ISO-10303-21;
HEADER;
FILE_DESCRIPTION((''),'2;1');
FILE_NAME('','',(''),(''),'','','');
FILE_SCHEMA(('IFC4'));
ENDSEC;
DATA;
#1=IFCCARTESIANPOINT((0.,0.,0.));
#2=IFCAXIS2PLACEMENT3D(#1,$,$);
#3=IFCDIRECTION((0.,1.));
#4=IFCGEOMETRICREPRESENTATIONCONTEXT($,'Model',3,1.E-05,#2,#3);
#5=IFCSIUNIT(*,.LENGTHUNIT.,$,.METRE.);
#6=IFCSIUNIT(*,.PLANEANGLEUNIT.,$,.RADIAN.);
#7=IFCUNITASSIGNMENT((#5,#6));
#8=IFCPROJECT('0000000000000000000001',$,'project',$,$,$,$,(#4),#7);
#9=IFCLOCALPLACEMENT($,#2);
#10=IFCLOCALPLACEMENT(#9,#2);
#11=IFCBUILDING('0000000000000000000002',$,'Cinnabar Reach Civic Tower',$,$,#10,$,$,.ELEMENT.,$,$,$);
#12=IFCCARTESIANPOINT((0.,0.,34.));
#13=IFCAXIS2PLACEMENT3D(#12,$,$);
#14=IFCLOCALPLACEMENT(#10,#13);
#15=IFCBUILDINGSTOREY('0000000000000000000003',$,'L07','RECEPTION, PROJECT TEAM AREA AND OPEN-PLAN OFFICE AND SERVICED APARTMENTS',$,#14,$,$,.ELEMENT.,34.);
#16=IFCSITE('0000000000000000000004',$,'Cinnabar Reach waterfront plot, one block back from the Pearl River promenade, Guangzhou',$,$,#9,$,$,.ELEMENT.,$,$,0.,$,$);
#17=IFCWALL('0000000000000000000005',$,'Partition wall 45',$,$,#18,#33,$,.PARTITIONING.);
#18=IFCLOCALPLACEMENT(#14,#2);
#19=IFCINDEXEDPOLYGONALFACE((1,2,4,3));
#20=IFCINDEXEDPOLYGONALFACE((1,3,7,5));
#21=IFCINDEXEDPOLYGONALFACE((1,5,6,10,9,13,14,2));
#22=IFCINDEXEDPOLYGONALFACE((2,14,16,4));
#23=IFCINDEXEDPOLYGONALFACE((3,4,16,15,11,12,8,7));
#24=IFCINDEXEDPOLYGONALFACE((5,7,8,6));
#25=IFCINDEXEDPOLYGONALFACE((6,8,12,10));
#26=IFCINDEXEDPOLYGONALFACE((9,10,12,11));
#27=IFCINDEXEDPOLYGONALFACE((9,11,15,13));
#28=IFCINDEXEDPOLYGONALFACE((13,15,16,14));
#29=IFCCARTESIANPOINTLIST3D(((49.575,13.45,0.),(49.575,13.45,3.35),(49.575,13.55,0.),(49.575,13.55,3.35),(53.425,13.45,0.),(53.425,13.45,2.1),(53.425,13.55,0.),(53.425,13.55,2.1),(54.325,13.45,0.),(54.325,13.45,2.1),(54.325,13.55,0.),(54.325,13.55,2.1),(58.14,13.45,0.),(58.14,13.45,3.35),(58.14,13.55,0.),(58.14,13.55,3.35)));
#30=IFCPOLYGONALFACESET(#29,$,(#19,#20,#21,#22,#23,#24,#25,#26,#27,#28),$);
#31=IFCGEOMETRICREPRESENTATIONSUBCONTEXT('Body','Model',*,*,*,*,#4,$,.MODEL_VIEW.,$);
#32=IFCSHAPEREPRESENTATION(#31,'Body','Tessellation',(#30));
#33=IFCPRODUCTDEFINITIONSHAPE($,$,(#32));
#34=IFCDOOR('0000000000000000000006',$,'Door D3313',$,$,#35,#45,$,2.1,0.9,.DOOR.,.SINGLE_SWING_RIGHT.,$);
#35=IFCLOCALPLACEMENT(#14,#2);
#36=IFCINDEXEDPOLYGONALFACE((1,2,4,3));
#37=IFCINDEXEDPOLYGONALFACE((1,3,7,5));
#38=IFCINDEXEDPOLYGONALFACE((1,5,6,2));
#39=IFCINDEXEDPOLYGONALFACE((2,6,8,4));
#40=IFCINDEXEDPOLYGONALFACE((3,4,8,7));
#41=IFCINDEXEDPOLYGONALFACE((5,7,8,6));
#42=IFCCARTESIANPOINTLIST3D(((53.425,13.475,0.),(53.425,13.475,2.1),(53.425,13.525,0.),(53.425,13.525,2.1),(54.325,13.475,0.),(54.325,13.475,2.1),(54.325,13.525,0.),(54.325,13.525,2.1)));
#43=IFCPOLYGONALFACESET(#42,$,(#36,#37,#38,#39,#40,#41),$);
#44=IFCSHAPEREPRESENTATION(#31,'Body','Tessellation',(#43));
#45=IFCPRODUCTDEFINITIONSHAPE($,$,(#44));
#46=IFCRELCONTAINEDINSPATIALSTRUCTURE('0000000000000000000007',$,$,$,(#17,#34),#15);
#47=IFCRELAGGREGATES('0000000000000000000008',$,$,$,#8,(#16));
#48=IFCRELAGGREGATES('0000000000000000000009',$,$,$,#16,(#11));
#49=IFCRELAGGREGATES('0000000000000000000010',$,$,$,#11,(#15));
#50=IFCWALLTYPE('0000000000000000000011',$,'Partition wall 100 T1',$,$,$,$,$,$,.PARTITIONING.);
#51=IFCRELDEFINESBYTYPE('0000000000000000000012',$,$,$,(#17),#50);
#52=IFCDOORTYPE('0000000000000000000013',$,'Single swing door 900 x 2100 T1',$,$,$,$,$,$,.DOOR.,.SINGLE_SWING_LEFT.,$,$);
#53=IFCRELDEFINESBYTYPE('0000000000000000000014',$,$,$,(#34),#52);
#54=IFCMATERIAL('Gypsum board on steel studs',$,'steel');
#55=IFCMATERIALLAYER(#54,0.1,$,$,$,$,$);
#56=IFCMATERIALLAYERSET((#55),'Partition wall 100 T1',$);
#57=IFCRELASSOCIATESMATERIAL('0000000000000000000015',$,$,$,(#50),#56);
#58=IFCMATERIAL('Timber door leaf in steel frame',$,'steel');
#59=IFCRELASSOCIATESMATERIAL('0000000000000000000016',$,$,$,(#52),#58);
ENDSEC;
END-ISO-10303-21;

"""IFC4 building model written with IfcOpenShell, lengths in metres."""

from ifc_helpers import new_model, si_unit, direction, frame, frame_2d, origin, place, context, subcontext, project, spatial, rectangle, extrude, material, layer, layer_set, type_object, element, fill, save


model = new_model("IFC4")

# Units and contexts
model_context = context("Model", 3, precision=1e-05, world=origin(), true_north=direction((0.0, 1.0)))
body_context = subcontext(model_context, "Body", "Model", "MODEL_VIEW")
ifc_project = project(units=[si_unit("LENGTHUNIT", "METRE"), si_unit("PLANEANGLEUNIT", "RADIAN")], contexts=[model_context])

# Site, building, storey
site_placement = place(None, origin())
site = spatial("IfcSite", under=ifc_project, at=site_placement, Name="Cinnabar Reach waterfront plot, one block back from the Pearl River promenade, Guangzhou", CompositionType="ELEMENT", RefElevation=0.0)
building_placement = place(site_placement, origin())
building = spatial("IfcBuilding", under=site, at=building_placement, Name="Cinnabar Reach Civic Tower", CompositionType="ELEMENT")
storey_placement = place(building_placement, frame((0.0, 0.0, 34.0)))
storey = spatial("IfcBuildingStorey", under=building, at=storey_placement, Name="L07", Description="RECEPTION, PROJECT TEAM AREA AND OPEN-PLAN OFFICE AND SERVICED APARTMENTS", CompositionType="ELEMENT", Elevation=34.0)

# Wall, opening, door
ifc_material_1 = material(Name="Timber door leaf in steel frame", Category="steel")
ifc_material_2 = material(Name="Gypsum board on steel studs", Category="steel")
ifc_layer_1 = layer(ifc_material_2, 0.1)
ifc_layer_set_1 = layer_set([ifc_layer_1], Name="Partition wall 100 T1")
wall_type_1 = type_object("IfcWallType", Name="Partition wall 100 T1", PredefinedType="PARTITIONING", material=ifc_layer_set_1)
wall_1_placement = place(storey_placement, frame((49.575, 13.5, 0.0), z_axis=(0.0, 0.0, 1.0), x_axis=(1.0, 0.0, 0.0)))
wall_1 = element("IfcWall", 1, at=wall_1_placement, inside=storey, type_object=wall_type_1, Name="Partition wall 45", PredefinedType="PARTITIONING", context=body_context, shape_type="SweptSolid", body=[
    extrude(rectangle(XDim=8.565, YDim=0.1, at=frame_2d((4.2825, 0.0))), origin(), (0.0, 0.0, 1.0), 3.35),
])
opening_1_placement = place(wall_1_placement, frame((3.85, 0.0, 0.0)))
opening_1 = element("IfcOpeningElement", 2, at=opening_1_placement, cuts=wall_1, PredefinedType="OPENING", context=body_context, shape_type="SweptSolid", body=[
    extrude(rectangle(XDim=0.9, YDim=2.1, at=frame_2d((0.45, 1.05))), frame((0.0, 0.06, 0.0), z_axis=(0.0, -1.0, 0.0), x_axis=(1.0, 0.0, 0.0)), (0.0, 0.0, 1.0), 0.12),
])
door_type_1 = type_object("IfcDoorType", Name="Single swing door 900 x 2100 T1", OperationType="SINGLE_SWING_LEFT", PredefinedType="DOOR", material=ifc_material_1)
door_1_placement = place(opening_1_placement, origin())
door_1 = element("IfcDoor", 3, at=door_1_placement, inside=storey, type_object=door_type_1, Name="Door D3313", OperationType="SINGLE_SWING_RIGHT", OverallHeight=2.1, OverallWidth=0.9, PredefinedType="DOOR", context=body_context, shape_type="SweptSolid", body=[
    extrude(rectangle(XDim=0.9, YDim=2.1, at=frame_2d((0.45, 1.05))), frame((0.0, 0.025, 0.0), z_axis=(0.0, -1.0, 0.0), x_axis=(1.0, 0.0, 0.0)), (0.0, 0.0, 1.0), 0.05),
])
fill(opening_1, door_1)

save(model, "model.ifc")
